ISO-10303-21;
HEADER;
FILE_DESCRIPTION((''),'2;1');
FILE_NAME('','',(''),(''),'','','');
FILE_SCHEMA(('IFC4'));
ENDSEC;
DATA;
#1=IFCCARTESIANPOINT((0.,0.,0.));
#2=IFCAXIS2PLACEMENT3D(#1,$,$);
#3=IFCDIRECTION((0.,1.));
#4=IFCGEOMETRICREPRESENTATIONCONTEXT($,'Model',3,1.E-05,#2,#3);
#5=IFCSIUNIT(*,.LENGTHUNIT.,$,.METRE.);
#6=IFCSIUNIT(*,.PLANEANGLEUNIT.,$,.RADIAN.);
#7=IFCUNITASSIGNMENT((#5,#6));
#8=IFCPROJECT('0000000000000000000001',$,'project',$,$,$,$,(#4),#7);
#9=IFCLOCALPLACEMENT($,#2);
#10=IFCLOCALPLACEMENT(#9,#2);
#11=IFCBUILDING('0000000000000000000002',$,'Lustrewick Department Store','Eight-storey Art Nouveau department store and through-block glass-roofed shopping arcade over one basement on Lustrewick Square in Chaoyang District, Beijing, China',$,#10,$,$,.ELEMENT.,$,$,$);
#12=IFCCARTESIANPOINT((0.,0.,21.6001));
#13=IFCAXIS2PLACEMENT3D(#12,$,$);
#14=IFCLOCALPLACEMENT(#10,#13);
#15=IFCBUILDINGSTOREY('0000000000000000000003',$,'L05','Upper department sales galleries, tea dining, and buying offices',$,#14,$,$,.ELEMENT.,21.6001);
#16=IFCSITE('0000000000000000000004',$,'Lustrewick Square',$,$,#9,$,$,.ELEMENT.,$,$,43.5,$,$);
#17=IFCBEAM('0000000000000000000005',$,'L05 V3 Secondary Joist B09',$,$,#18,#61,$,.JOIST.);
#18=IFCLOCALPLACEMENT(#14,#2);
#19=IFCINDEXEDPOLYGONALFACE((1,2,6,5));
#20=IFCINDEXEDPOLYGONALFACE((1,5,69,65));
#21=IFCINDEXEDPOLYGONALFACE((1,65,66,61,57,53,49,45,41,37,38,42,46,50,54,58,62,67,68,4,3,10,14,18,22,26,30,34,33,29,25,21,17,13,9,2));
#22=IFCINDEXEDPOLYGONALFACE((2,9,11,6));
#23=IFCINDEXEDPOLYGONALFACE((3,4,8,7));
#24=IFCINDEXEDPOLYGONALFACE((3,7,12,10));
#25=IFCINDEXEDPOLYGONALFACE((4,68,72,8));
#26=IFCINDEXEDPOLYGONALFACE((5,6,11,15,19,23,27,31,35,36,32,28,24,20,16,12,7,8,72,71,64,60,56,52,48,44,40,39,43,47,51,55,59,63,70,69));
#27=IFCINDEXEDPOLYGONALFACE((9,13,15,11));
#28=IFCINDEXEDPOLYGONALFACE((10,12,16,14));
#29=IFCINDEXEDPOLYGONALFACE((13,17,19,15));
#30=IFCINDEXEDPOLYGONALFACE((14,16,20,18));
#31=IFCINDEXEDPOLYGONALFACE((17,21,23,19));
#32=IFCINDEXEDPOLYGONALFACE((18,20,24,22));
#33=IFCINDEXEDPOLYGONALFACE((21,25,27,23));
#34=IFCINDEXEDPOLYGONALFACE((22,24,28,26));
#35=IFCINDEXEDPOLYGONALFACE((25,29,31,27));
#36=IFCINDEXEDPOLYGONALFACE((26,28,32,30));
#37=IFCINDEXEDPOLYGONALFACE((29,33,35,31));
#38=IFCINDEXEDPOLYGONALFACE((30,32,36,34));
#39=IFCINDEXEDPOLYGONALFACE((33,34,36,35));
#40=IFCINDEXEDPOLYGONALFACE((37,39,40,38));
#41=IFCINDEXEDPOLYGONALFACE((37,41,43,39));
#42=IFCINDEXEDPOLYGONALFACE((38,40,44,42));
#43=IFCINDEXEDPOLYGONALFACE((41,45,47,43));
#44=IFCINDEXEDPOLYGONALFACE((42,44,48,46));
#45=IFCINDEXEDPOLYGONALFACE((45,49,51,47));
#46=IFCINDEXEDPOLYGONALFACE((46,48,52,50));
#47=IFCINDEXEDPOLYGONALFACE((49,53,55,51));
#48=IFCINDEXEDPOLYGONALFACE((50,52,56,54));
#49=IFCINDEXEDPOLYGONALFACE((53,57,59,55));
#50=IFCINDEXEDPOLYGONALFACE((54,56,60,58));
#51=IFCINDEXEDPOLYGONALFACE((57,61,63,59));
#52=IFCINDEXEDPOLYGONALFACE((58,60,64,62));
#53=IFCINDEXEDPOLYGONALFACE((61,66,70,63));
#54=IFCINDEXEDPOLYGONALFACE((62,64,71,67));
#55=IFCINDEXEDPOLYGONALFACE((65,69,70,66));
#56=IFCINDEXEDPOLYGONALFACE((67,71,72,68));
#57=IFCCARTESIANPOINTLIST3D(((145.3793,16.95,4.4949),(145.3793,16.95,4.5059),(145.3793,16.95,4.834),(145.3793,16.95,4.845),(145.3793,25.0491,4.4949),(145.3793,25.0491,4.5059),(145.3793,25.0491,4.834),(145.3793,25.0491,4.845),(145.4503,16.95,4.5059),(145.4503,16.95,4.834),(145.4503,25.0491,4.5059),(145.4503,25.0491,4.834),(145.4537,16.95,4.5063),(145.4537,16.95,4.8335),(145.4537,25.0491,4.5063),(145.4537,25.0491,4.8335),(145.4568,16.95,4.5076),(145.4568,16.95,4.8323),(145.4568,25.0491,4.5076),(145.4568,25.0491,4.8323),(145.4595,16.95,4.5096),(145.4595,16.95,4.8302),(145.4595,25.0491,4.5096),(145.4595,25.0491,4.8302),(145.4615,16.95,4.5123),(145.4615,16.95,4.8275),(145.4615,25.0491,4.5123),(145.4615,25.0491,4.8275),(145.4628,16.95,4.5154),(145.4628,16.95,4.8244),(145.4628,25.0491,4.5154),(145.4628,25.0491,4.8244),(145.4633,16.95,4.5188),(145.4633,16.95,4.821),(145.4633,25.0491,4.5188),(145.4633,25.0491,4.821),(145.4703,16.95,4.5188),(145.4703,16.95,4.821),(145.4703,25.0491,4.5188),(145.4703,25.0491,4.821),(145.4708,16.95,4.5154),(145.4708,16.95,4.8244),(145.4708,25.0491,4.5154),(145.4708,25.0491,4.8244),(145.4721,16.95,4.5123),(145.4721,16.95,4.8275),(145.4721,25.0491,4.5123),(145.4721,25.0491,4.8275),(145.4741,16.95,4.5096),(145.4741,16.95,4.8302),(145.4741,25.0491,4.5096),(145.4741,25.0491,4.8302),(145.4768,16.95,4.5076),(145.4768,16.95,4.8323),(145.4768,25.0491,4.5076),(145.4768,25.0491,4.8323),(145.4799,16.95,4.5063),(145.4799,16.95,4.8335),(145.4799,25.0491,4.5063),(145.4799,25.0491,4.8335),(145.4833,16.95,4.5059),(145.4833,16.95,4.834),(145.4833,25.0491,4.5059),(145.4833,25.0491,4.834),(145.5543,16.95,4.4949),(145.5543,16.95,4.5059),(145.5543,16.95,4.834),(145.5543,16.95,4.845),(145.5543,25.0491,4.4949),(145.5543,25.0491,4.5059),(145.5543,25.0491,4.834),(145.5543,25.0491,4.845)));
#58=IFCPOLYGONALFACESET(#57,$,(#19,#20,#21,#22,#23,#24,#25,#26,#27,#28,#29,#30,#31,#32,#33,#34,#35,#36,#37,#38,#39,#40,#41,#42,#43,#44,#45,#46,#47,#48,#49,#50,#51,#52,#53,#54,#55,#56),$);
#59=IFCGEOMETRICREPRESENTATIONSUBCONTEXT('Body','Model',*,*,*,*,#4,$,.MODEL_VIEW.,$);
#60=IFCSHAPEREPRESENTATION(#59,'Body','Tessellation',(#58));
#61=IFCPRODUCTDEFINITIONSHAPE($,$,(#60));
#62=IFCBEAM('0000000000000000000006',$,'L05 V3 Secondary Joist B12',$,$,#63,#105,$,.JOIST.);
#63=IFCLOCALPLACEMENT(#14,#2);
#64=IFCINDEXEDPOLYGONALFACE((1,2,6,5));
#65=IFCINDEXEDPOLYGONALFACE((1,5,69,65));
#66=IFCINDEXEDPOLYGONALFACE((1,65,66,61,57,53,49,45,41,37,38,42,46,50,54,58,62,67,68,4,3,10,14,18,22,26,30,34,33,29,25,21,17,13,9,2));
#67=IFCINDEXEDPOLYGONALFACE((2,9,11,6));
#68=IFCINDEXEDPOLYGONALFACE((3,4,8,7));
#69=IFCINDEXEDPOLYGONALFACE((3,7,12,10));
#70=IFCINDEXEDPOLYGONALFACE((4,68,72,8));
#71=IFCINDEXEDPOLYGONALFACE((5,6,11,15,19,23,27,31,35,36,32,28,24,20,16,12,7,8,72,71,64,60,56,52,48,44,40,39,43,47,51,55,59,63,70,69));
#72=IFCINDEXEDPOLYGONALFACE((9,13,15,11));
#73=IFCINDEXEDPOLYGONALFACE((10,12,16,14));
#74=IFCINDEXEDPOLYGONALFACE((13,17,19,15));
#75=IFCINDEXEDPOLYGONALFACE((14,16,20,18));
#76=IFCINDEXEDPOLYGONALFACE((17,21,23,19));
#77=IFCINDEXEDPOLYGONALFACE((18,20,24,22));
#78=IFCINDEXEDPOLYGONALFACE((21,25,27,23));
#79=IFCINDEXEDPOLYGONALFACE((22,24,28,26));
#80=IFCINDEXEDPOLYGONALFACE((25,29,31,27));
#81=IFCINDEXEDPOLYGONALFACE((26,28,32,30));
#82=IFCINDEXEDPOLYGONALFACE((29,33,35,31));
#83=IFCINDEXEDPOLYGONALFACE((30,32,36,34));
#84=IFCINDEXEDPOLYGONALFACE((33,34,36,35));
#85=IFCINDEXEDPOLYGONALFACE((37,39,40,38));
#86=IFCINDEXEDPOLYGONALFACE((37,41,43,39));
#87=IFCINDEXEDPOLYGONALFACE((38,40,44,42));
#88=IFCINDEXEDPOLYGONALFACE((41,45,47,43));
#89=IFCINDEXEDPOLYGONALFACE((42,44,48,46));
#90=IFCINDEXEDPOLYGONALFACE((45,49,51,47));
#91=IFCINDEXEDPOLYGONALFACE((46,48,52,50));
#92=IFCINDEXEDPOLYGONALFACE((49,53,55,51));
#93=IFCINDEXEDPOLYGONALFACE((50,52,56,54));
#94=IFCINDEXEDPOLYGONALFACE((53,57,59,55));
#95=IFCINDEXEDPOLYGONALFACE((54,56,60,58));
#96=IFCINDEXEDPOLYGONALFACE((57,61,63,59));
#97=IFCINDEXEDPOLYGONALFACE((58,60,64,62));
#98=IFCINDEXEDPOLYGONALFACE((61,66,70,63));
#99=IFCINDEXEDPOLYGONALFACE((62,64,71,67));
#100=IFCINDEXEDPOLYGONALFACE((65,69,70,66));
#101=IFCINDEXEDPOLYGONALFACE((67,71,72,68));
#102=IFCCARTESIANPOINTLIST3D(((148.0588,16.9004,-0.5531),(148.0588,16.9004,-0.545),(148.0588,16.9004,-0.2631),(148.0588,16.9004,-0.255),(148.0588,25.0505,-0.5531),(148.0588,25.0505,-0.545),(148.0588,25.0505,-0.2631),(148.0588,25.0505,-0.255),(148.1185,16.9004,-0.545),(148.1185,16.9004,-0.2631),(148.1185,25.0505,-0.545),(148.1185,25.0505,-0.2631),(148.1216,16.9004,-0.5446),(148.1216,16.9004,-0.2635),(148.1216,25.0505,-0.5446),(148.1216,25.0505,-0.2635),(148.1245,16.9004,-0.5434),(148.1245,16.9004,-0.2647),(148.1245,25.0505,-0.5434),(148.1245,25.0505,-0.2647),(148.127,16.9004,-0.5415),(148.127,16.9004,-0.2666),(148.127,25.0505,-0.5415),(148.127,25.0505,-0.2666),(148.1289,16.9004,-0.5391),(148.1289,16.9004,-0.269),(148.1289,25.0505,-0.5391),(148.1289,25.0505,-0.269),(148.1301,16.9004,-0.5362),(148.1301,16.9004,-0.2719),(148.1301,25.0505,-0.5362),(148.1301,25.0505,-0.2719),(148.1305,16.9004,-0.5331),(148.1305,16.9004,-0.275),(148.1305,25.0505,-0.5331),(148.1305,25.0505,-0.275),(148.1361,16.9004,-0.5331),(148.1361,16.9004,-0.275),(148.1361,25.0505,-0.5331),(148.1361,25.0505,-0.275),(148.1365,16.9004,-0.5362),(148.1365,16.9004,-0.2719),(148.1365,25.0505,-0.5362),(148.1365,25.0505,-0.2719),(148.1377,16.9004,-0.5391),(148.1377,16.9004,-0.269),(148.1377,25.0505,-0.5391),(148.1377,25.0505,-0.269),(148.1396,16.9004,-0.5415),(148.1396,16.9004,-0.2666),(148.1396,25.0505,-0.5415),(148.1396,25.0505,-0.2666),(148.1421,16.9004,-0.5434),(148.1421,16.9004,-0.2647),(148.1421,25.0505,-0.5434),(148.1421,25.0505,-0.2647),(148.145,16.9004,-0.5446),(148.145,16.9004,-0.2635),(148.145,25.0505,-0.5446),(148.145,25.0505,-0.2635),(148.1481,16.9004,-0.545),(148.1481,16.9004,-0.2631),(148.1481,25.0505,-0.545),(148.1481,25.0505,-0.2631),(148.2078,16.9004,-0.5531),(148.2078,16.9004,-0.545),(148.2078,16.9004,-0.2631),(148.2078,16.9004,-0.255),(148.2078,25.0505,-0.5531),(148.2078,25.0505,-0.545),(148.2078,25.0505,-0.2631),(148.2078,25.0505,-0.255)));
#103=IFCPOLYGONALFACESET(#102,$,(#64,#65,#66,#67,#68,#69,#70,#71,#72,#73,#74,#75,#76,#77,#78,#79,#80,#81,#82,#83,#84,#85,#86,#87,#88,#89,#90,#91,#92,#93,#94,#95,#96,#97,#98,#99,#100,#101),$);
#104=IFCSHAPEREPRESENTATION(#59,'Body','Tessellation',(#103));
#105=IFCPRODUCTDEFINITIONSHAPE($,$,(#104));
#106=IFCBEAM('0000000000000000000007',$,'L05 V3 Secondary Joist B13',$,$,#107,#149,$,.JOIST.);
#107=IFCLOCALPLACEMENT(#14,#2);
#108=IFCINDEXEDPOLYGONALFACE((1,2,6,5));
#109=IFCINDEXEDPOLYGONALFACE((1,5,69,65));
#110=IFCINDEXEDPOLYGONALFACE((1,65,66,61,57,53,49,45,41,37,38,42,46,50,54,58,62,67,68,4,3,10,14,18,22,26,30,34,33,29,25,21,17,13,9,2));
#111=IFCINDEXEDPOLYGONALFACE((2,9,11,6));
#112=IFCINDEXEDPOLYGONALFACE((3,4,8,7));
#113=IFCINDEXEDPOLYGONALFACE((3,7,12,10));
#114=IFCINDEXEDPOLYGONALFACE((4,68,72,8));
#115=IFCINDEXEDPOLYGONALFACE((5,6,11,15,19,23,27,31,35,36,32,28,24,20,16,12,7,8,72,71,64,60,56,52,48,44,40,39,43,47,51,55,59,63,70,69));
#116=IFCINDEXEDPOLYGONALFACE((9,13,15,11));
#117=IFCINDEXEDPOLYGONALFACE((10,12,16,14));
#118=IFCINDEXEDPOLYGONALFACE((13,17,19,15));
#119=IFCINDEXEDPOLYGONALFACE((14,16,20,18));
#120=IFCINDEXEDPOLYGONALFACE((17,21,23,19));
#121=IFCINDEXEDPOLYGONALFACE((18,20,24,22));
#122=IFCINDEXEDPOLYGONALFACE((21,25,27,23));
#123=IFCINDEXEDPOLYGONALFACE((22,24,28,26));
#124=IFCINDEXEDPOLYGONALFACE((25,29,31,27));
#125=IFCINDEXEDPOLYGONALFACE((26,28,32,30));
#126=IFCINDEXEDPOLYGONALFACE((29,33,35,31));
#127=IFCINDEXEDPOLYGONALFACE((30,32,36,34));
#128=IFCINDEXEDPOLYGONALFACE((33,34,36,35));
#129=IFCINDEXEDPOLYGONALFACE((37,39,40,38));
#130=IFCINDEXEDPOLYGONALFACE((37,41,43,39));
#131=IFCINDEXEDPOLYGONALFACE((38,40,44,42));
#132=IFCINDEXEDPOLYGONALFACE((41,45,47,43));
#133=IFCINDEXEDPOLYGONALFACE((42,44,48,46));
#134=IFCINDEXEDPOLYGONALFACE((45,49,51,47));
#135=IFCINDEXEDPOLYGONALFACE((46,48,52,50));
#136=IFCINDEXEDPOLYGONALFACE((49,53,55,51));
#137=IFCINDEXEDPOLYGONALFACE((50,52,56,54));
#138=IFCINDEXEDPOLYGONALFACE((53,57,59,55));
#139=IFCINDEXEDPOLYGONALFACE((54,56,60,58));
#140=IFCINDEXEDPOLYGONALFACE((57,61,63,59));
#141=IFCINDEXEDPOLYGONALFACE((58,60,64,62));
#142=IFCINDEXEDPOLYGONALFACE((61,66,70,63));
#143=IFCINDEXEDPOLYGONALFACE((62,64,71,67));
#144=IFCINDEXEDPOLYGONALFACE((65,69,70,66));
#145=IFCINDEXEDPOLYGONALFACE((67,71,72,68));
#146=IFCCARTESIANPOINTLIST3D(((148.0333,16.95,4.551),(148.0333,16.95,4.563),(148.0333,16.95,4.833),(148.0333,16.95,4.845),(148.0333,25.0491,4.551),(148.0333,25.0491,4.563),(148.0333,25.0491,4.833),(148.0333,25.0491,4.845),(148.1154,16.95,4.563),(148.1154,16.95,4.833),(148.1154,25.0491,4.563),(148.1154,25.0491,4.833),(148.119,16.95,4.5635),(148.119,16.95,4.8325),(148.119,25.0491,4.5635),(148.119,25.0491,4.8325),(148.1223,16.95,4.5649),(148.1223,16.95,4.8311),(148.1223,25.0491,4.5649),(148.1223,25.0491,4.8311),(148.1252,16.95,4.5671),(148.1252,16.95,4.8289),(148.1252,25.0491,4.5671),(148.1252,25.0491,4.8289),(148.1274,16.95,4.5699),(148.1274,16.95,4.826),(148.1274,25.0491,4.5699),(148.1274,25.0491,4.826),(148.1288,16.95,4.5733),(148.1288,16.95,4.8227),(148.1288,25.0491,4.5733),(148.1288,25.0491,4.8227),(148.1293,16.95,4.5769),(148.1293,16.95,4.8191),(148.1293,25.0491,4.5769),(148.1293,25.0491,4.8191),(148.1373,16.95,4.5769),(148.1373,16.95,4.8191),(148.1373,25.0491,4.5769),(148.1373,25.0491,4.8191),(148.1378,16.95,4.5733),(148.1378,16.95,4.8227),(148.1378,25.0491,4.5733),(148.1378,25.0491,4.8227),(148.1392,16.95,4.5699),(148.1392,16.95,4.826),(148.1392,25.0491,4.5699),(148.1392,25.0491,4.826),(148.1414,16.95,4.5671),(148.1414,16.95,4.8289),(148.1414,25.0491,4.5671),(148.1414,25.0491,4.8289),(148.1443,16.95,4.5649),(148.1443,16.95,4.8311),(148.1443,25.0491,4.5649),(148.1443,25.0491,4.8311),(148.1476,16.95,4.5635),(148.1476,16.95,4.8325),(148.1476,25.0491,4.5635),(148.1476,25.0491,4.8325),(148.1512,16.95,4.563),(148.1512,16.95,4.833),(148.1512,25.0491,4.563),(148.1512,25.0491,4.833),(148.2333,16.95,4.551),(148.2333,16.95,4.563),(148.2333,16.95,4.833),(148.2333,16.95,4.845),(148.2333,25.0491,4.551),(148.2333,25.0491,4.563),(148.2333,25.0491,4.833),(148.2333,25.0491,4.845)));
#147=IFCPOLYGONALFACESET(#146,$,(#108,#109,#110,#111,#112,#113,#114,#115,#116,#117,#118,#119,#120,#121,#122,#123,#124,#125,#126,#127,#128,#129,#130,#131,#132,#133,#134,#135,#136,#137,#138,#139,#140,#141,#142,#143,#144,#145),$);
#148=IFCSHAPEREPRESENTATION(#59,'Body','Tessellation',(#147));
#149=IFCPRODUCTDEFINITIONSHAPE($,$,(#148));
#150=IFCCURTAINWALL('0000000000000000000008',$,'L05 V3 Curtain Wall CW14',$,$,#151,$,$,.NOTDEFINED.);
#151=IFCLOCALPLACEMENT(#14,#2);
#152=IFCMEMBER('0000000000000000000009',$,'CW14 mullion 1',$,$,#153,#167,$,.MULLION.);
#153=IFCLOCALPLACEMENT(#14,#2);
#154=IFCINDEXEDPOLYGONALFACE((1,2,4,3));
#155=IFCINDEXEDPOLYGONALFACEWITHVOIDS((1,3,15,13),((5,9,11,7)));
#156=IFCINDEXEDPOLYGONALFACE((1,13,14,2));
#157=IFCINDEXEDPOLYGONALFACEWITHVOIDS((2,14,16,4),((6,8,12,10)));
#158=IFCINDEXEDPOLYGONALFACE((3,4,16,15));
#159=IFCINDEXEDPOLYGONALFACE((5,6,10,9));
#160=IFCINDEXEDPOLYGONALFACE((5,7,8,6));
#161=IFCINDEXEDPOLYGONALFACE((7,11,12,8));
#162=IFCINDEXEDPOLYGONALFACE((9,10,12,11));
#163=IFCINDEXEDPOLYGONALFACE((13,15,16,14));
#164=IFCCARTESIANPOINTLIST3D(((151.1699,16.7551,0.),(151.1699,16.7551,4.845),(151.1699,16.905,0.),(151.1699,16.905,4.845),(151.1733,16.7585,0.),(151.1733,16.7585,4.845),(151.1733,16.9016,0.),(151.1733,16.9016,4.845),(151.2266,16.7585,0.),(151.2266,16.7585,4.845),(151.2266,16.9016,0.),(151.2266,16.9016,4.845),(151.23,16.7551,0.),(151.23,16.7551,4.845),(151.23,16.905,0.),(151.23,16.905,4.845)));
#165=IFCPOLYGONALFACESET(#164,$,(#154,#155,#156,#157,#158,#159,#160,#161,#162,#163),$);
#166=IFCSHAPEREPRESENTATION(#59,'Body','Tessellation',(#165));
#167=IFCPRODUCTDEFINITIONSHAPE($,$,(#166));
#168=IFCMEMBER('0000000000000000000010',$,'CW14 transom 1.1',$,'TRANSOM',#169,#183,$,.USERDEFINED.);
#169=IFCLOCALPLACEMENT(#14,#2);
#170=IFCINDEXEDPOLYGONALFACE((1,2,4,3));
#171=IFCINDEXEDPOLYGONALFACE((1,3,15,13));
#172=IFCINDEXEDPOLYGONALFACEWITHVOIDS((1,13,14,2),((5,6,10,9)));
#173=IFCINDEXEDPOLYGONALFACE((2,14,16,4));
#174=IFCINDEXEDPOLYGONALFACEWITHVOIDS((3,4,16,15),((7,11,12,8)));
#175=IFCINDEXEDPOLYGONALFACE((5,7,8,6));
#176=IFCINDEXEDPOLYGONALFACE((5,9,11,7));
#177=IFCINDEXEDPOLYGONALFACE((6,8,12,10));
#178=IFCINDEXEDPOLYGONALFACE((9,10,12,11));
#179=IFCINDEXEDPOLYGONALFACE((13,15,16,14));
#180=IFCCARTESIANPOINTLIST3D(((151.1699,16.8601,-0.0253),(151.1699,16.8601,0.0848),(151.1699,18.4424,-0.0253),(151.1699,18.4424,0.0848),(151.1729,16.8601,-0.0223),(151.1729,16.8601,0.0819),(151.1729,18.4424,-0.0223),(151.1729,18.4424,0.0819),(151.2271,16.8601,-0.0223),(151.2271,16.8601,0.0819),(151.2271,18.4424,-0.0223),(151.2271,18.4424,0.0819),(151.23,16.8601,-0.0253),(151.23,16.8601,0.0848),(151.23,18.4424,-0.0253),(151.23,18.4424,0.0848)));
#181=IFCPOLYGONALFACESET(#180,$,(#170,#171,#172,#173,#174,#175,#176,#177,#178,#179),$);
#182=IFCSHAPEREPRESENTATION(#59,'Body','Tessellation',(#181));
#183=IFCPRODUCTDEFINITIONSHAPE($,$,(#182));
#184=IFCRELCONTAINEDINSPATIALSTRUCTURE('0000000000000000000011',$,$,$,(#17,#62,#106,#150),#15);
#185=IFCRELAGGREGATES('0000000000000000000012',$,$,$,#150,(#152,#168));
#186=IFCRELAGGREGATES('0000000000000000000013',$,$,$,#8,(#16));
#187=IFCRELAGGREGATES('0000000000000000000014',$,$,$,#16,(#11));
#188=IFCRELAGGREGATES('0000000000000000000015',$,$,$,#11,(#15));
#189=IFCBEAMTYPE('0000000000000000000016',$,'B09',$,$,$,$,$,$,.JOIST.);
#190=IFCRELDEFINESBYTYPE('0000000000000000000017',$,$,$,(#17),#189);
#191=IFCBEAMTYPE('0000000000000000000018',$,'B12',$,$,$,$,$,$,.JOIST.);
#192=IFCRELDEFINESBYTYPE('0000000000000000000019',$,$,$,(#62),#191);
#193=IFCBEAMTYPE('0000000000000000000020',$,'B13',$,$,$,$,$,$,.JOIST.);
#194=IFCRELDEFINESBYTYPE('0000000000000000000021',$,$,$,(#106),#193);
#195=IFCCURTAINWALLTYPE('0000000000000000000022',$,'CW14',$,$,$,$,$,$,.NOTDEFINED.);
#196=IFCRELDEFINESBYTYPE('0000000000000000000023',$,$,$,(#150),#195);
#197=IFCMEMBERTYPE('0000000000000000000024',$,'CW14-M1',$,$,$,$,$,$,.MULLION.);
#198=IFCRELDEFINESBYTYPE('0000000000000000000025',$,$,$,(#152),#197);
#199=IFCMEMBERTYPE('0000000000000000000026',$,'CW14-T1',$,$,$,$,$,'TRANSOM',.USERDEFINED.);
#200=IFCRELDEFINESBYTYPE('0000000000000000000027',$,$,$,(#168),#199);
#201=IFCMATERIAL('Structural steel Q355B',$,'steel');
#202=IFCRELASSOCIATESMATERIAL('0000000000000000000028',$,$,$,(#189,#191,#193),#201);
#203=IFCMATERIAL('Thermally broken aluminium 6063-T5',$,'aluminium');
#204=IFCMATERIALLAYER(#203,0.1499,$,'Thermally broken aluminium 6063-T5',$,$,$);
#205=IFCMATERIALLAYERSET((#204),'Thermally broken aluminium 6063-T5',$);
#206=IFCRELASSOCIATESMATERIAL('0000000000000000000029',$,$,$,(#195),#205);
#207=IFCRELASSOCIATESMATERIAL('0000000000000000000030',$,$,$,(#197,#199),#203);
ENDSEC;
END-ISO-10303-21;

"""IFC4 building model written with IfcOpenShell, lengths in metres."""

from ifc_helpers import new_model, si_unit, direction, frame, origin, origin_2d, place, context, subcontext, project, spatial, hollow_rectangle, i_section, extrude, material, layer, layer_set, material_profile, profile_set, type_object, element, aggregate, save


model = new_model("IFC4")

# Units and contexts
model_context = context("Model", 3, precision=1e-05, world=origin(), true_north=direction((0.0, 1.0)))
body_context = subcontext(model_context, "Body", "Model", "MODEL_VIEW")
ifc_project = project(units=[si_unit("LENGTHUNIT", "METRE"), si_unit("PLANEANGLEUNIT", "RADIAN")], contexts=[model_context])

# Site, building, storey
site_placement = place(None, origin())
site = spatial("IfcSite", under=ifc_project, at=site_placement, Name="Lustrewick Square", CompositionType="ELEMENT", RefElevation=43.5)
building_placement = place(site_placement, origin())
building = spatial("IfcBuilding", under=site, at=building_placement, Name="Lustrewick Department Store", Description="Eight-storey Art Nouveau department store and through-block glass-roofed shopping arcade over one basement on Lustrewick Square in Chaoyang District, Beijing, China", CompositionType="ELEMENT")
storey_placement = place(building_placement, frame((0.0, 0.0, 21.6001)))
storey = spatial("IfcBuildingStorey", under=building, at=storey_placement, Name="L05", Description="Upper department sales galleries, tea dining, and buying offices", CompositionType="ELEMENT", Elevation=21.6001)

# Shared definitions
ifc_material_1 = material(Name="Structural steel Q355B", Category="steel")

# Beams
ifc_material_profile_1 = material_profile(ifc_material_1, i_section(OverallWidth=0.175, OverallDepth=0.3501, WebThickness=0.0071, FlangeThickness=0.011, FilletRadius=0.0129, at=origin_2d()), Name="HN 350x175x7x11")
ifc_profile_set_1 = profile_set([ifc_material_profile_1], Name="Structural steel Q355B")
beam_type_1 = type_object("IfcBeamType", Name="B09", PredefinedType="JOIST", material=ifc_profile_set_1)
beam_1_placement = place(storey_placement, frame((145.4668, 16.95, 4.6699), z_axis=(0.0, 1.0, 0.0), x_axis=(-1.0, 0.0, 0.0)))
element("IfcBeam", 1, at=beam_1_placement, inside=storey, type_object=beam_type_1, Name="L05 V3 Secondary Joist B09", PredefinedType="JOIST", context=body_context, shape_type="SweptSolid", body=[
    extrude(i_section(OverallWidth=0.175, OverallDepth=0.3501, WebThickness=0.0071, FlangeThickness=0.011, FilletRadius=0.0129, at=origin_2d()), origin(), (0.0, 0.0, 1.0), 8.0991),
])
ifc_material_profile_2 = material_profile(ifc_material_1, i_section(OverallWidth=0.1489, OverallDepth=0.2981, WebThickness=0.0056, FlangeThickness=0.0081, FilletRadius=0.012, at=origin_2d()), Name="HN 298x149x5.5x8")
ifc_profile_set_2 = profile_set([ifc_material_profile_2], Name="Structural steel Q355B")
beam_type_2 = type_object("IfcBeamType", Name="B12", PredefinedType="JOIST", material=ifc_profile_set_2)
beam_2_placement = place(storey_placement, frame((148.1333, 16.9004, -0.4041), z_axis=(0.0, 1.0, 0.0), x_axis=(-1.0, 0.0, 0.0)))
element("IfcBeam", 2, at=beam_2_placement, inside=storey, type_object=beam_type_2, Name="L05 V3 Secondary Joist B12", PredefinedType="JOIST", context=body_context, shape_type="SweptSolid", body=[
    extrude(i_section(OverallWidth=0.1489, OverallDepth=0.2981, WebThickness=0.0056, FlangeThickness=0.0081, FilletRadius=0.012, at=origin_2d()), origin(), (0.0, 0.0, 1.0), 8.1501),
])
ifc_material_profile_3 = material_profile(ifc_material_1, i_section(OverallWidth=0.2, OverallDepth=0.2939, WebThickness=0.0081, FlangeThickness=0.012, FilletRadius=0.0139, at=origin_2d()), Name="HM 294x200x8x12")
ifc_profile_set_3 = profile_set([ifc_material_profile_3], Name="Structural steel Q355B")
beam_type_3 = type_object("IfcBeamType", Name="B13", PredefinedType="JOIST", material=ifc_profile_set_3)
beam_3_placement = place(storey_placement, frame((148.1333, 16.95, 4.698), z_axis=(0.0, 1.0, 0.0), x_axis=(-1.0, 0.0, 0.0)))
element("IfcBeam", 3, at=beam_3_placement, inside=storey, type_object=beam_type_3, Name="L05 V3 Secondary Joist B13", PredefinedType="JOIST", context=body_context, shape_type="SweptSolid", body=[
    extrude(i_section(OverallWidth=0.2, OverallDepth=0.2939, WebThickness=0.0081, FlangeThickness=0.012, FilletRadius=0.0139, at=origin_2d()), origin(), (0.0, 0.0, 1.0), 8.0991),
])

# Curtain wall, members
ifc_material_2 = material(Name="Thermally broken aluminium 6063-T5", Category="aluminium")
ifc_layer_1 = layer(ifc_material_2, 0.1499, Name="Thermally broken aluminium 6063-T5")
ifc_layer_set_1 = layer_set([ifc_layer_1], Name="Thermally broken aluminium 6063-T5")
curtain_wall_type = type_object("IfcCurtainWallType", Name="CW14", PredefinedType="NOTDEFINED", material=ifc_layer_set_1)
curtain_wall_placement = place(storey_placement, origin())
curtain_wall = element("IfcCurtainWall", 4, at=curtain_wall_placement, inside=storey, type_object=curtain_wall_type, Name="L05 V3 Curtain Wall CW14", PredefinedType="NOTDEFINED")
ifc_material_profile_4 = material_profile(ifc_material_2, hollow_rectangle(XDim=0.0601, YDim=0.1499, WallThickness=0.0034, at=origin_2d()), Name="ALU-M 60x150x3.5")
ifc_profile_set_4 = profile_set([ifc_material_profile_4], Name="Thermally broken aluminium 6063-T5")
member_type_1 = type_object("IfcMemberType", Name="CW14-M1", PredefinedType="MULLION", material=ifc_profile_set_4)
member_1_placement = place(storey_placement, frame((151.2, 16.8301, 0.0), z_axis=(0.0, 0.0, 1.0), x_axis=(-1.0, 0.0, 0.0)))
member_1 = element("IfcMember", 5, at=member_1_placement, type_object=member_type_1, Name="CW14 mullion 1", PredefinedType="MULLION", context=body_context, shape_type="SweptSolid", body=[
    extrude(hollow_rectangle(XDim=0.0601, YDim=0.1499, WallThickness=0.0034, at=origin_2d()), origin(), (0.0, 0.0, 1.0), 4.845),
])
ifc_material_profile_5 = material_profile(ifc_material_2, hollow_rectangle(XDim=0.0601, YDim=0.1101, WallThickness=0.0029, at=origin_2d()), Name="ALU-T 60x110x3")
ifc_profile_set_5 = profile_set([ifc_material_profile_5], Name="Thermally broken aluminium 6063-T5")
member_type_2 = type_object("IfcMemberType", Name="CW14-T1", ElementType="TRANSOM", PredefinedType="USERDEFINED", material=ifc_profile_set_5)
member_2_placement = place(storey_placement, frame((151.2, 16.8601, 0.0298), z_axis=(0.0, 1.0, 0.0), x_axis=(-1.0, 0.0, 0.0)))
member_2 = element("IfcMember", 6, at=member_2_placement, type_object=member_type_2, Name="CW14 transom 1.1", ObjectType="TRANSOM", PredefinedType="USERDEFINED", context=body_context, shape_type="SweptSolid", body=[
    extrude(hollow_rectangle(XDim=0.0601, YDim=0.1101, WallThickness=0.0029, at=origin_2d()), origin(), (0.0, 0.0, 1.0), 1.5823),
])

aggregate(curtain_wall, [member_1, member_2])

save(model, "model.ifc")
